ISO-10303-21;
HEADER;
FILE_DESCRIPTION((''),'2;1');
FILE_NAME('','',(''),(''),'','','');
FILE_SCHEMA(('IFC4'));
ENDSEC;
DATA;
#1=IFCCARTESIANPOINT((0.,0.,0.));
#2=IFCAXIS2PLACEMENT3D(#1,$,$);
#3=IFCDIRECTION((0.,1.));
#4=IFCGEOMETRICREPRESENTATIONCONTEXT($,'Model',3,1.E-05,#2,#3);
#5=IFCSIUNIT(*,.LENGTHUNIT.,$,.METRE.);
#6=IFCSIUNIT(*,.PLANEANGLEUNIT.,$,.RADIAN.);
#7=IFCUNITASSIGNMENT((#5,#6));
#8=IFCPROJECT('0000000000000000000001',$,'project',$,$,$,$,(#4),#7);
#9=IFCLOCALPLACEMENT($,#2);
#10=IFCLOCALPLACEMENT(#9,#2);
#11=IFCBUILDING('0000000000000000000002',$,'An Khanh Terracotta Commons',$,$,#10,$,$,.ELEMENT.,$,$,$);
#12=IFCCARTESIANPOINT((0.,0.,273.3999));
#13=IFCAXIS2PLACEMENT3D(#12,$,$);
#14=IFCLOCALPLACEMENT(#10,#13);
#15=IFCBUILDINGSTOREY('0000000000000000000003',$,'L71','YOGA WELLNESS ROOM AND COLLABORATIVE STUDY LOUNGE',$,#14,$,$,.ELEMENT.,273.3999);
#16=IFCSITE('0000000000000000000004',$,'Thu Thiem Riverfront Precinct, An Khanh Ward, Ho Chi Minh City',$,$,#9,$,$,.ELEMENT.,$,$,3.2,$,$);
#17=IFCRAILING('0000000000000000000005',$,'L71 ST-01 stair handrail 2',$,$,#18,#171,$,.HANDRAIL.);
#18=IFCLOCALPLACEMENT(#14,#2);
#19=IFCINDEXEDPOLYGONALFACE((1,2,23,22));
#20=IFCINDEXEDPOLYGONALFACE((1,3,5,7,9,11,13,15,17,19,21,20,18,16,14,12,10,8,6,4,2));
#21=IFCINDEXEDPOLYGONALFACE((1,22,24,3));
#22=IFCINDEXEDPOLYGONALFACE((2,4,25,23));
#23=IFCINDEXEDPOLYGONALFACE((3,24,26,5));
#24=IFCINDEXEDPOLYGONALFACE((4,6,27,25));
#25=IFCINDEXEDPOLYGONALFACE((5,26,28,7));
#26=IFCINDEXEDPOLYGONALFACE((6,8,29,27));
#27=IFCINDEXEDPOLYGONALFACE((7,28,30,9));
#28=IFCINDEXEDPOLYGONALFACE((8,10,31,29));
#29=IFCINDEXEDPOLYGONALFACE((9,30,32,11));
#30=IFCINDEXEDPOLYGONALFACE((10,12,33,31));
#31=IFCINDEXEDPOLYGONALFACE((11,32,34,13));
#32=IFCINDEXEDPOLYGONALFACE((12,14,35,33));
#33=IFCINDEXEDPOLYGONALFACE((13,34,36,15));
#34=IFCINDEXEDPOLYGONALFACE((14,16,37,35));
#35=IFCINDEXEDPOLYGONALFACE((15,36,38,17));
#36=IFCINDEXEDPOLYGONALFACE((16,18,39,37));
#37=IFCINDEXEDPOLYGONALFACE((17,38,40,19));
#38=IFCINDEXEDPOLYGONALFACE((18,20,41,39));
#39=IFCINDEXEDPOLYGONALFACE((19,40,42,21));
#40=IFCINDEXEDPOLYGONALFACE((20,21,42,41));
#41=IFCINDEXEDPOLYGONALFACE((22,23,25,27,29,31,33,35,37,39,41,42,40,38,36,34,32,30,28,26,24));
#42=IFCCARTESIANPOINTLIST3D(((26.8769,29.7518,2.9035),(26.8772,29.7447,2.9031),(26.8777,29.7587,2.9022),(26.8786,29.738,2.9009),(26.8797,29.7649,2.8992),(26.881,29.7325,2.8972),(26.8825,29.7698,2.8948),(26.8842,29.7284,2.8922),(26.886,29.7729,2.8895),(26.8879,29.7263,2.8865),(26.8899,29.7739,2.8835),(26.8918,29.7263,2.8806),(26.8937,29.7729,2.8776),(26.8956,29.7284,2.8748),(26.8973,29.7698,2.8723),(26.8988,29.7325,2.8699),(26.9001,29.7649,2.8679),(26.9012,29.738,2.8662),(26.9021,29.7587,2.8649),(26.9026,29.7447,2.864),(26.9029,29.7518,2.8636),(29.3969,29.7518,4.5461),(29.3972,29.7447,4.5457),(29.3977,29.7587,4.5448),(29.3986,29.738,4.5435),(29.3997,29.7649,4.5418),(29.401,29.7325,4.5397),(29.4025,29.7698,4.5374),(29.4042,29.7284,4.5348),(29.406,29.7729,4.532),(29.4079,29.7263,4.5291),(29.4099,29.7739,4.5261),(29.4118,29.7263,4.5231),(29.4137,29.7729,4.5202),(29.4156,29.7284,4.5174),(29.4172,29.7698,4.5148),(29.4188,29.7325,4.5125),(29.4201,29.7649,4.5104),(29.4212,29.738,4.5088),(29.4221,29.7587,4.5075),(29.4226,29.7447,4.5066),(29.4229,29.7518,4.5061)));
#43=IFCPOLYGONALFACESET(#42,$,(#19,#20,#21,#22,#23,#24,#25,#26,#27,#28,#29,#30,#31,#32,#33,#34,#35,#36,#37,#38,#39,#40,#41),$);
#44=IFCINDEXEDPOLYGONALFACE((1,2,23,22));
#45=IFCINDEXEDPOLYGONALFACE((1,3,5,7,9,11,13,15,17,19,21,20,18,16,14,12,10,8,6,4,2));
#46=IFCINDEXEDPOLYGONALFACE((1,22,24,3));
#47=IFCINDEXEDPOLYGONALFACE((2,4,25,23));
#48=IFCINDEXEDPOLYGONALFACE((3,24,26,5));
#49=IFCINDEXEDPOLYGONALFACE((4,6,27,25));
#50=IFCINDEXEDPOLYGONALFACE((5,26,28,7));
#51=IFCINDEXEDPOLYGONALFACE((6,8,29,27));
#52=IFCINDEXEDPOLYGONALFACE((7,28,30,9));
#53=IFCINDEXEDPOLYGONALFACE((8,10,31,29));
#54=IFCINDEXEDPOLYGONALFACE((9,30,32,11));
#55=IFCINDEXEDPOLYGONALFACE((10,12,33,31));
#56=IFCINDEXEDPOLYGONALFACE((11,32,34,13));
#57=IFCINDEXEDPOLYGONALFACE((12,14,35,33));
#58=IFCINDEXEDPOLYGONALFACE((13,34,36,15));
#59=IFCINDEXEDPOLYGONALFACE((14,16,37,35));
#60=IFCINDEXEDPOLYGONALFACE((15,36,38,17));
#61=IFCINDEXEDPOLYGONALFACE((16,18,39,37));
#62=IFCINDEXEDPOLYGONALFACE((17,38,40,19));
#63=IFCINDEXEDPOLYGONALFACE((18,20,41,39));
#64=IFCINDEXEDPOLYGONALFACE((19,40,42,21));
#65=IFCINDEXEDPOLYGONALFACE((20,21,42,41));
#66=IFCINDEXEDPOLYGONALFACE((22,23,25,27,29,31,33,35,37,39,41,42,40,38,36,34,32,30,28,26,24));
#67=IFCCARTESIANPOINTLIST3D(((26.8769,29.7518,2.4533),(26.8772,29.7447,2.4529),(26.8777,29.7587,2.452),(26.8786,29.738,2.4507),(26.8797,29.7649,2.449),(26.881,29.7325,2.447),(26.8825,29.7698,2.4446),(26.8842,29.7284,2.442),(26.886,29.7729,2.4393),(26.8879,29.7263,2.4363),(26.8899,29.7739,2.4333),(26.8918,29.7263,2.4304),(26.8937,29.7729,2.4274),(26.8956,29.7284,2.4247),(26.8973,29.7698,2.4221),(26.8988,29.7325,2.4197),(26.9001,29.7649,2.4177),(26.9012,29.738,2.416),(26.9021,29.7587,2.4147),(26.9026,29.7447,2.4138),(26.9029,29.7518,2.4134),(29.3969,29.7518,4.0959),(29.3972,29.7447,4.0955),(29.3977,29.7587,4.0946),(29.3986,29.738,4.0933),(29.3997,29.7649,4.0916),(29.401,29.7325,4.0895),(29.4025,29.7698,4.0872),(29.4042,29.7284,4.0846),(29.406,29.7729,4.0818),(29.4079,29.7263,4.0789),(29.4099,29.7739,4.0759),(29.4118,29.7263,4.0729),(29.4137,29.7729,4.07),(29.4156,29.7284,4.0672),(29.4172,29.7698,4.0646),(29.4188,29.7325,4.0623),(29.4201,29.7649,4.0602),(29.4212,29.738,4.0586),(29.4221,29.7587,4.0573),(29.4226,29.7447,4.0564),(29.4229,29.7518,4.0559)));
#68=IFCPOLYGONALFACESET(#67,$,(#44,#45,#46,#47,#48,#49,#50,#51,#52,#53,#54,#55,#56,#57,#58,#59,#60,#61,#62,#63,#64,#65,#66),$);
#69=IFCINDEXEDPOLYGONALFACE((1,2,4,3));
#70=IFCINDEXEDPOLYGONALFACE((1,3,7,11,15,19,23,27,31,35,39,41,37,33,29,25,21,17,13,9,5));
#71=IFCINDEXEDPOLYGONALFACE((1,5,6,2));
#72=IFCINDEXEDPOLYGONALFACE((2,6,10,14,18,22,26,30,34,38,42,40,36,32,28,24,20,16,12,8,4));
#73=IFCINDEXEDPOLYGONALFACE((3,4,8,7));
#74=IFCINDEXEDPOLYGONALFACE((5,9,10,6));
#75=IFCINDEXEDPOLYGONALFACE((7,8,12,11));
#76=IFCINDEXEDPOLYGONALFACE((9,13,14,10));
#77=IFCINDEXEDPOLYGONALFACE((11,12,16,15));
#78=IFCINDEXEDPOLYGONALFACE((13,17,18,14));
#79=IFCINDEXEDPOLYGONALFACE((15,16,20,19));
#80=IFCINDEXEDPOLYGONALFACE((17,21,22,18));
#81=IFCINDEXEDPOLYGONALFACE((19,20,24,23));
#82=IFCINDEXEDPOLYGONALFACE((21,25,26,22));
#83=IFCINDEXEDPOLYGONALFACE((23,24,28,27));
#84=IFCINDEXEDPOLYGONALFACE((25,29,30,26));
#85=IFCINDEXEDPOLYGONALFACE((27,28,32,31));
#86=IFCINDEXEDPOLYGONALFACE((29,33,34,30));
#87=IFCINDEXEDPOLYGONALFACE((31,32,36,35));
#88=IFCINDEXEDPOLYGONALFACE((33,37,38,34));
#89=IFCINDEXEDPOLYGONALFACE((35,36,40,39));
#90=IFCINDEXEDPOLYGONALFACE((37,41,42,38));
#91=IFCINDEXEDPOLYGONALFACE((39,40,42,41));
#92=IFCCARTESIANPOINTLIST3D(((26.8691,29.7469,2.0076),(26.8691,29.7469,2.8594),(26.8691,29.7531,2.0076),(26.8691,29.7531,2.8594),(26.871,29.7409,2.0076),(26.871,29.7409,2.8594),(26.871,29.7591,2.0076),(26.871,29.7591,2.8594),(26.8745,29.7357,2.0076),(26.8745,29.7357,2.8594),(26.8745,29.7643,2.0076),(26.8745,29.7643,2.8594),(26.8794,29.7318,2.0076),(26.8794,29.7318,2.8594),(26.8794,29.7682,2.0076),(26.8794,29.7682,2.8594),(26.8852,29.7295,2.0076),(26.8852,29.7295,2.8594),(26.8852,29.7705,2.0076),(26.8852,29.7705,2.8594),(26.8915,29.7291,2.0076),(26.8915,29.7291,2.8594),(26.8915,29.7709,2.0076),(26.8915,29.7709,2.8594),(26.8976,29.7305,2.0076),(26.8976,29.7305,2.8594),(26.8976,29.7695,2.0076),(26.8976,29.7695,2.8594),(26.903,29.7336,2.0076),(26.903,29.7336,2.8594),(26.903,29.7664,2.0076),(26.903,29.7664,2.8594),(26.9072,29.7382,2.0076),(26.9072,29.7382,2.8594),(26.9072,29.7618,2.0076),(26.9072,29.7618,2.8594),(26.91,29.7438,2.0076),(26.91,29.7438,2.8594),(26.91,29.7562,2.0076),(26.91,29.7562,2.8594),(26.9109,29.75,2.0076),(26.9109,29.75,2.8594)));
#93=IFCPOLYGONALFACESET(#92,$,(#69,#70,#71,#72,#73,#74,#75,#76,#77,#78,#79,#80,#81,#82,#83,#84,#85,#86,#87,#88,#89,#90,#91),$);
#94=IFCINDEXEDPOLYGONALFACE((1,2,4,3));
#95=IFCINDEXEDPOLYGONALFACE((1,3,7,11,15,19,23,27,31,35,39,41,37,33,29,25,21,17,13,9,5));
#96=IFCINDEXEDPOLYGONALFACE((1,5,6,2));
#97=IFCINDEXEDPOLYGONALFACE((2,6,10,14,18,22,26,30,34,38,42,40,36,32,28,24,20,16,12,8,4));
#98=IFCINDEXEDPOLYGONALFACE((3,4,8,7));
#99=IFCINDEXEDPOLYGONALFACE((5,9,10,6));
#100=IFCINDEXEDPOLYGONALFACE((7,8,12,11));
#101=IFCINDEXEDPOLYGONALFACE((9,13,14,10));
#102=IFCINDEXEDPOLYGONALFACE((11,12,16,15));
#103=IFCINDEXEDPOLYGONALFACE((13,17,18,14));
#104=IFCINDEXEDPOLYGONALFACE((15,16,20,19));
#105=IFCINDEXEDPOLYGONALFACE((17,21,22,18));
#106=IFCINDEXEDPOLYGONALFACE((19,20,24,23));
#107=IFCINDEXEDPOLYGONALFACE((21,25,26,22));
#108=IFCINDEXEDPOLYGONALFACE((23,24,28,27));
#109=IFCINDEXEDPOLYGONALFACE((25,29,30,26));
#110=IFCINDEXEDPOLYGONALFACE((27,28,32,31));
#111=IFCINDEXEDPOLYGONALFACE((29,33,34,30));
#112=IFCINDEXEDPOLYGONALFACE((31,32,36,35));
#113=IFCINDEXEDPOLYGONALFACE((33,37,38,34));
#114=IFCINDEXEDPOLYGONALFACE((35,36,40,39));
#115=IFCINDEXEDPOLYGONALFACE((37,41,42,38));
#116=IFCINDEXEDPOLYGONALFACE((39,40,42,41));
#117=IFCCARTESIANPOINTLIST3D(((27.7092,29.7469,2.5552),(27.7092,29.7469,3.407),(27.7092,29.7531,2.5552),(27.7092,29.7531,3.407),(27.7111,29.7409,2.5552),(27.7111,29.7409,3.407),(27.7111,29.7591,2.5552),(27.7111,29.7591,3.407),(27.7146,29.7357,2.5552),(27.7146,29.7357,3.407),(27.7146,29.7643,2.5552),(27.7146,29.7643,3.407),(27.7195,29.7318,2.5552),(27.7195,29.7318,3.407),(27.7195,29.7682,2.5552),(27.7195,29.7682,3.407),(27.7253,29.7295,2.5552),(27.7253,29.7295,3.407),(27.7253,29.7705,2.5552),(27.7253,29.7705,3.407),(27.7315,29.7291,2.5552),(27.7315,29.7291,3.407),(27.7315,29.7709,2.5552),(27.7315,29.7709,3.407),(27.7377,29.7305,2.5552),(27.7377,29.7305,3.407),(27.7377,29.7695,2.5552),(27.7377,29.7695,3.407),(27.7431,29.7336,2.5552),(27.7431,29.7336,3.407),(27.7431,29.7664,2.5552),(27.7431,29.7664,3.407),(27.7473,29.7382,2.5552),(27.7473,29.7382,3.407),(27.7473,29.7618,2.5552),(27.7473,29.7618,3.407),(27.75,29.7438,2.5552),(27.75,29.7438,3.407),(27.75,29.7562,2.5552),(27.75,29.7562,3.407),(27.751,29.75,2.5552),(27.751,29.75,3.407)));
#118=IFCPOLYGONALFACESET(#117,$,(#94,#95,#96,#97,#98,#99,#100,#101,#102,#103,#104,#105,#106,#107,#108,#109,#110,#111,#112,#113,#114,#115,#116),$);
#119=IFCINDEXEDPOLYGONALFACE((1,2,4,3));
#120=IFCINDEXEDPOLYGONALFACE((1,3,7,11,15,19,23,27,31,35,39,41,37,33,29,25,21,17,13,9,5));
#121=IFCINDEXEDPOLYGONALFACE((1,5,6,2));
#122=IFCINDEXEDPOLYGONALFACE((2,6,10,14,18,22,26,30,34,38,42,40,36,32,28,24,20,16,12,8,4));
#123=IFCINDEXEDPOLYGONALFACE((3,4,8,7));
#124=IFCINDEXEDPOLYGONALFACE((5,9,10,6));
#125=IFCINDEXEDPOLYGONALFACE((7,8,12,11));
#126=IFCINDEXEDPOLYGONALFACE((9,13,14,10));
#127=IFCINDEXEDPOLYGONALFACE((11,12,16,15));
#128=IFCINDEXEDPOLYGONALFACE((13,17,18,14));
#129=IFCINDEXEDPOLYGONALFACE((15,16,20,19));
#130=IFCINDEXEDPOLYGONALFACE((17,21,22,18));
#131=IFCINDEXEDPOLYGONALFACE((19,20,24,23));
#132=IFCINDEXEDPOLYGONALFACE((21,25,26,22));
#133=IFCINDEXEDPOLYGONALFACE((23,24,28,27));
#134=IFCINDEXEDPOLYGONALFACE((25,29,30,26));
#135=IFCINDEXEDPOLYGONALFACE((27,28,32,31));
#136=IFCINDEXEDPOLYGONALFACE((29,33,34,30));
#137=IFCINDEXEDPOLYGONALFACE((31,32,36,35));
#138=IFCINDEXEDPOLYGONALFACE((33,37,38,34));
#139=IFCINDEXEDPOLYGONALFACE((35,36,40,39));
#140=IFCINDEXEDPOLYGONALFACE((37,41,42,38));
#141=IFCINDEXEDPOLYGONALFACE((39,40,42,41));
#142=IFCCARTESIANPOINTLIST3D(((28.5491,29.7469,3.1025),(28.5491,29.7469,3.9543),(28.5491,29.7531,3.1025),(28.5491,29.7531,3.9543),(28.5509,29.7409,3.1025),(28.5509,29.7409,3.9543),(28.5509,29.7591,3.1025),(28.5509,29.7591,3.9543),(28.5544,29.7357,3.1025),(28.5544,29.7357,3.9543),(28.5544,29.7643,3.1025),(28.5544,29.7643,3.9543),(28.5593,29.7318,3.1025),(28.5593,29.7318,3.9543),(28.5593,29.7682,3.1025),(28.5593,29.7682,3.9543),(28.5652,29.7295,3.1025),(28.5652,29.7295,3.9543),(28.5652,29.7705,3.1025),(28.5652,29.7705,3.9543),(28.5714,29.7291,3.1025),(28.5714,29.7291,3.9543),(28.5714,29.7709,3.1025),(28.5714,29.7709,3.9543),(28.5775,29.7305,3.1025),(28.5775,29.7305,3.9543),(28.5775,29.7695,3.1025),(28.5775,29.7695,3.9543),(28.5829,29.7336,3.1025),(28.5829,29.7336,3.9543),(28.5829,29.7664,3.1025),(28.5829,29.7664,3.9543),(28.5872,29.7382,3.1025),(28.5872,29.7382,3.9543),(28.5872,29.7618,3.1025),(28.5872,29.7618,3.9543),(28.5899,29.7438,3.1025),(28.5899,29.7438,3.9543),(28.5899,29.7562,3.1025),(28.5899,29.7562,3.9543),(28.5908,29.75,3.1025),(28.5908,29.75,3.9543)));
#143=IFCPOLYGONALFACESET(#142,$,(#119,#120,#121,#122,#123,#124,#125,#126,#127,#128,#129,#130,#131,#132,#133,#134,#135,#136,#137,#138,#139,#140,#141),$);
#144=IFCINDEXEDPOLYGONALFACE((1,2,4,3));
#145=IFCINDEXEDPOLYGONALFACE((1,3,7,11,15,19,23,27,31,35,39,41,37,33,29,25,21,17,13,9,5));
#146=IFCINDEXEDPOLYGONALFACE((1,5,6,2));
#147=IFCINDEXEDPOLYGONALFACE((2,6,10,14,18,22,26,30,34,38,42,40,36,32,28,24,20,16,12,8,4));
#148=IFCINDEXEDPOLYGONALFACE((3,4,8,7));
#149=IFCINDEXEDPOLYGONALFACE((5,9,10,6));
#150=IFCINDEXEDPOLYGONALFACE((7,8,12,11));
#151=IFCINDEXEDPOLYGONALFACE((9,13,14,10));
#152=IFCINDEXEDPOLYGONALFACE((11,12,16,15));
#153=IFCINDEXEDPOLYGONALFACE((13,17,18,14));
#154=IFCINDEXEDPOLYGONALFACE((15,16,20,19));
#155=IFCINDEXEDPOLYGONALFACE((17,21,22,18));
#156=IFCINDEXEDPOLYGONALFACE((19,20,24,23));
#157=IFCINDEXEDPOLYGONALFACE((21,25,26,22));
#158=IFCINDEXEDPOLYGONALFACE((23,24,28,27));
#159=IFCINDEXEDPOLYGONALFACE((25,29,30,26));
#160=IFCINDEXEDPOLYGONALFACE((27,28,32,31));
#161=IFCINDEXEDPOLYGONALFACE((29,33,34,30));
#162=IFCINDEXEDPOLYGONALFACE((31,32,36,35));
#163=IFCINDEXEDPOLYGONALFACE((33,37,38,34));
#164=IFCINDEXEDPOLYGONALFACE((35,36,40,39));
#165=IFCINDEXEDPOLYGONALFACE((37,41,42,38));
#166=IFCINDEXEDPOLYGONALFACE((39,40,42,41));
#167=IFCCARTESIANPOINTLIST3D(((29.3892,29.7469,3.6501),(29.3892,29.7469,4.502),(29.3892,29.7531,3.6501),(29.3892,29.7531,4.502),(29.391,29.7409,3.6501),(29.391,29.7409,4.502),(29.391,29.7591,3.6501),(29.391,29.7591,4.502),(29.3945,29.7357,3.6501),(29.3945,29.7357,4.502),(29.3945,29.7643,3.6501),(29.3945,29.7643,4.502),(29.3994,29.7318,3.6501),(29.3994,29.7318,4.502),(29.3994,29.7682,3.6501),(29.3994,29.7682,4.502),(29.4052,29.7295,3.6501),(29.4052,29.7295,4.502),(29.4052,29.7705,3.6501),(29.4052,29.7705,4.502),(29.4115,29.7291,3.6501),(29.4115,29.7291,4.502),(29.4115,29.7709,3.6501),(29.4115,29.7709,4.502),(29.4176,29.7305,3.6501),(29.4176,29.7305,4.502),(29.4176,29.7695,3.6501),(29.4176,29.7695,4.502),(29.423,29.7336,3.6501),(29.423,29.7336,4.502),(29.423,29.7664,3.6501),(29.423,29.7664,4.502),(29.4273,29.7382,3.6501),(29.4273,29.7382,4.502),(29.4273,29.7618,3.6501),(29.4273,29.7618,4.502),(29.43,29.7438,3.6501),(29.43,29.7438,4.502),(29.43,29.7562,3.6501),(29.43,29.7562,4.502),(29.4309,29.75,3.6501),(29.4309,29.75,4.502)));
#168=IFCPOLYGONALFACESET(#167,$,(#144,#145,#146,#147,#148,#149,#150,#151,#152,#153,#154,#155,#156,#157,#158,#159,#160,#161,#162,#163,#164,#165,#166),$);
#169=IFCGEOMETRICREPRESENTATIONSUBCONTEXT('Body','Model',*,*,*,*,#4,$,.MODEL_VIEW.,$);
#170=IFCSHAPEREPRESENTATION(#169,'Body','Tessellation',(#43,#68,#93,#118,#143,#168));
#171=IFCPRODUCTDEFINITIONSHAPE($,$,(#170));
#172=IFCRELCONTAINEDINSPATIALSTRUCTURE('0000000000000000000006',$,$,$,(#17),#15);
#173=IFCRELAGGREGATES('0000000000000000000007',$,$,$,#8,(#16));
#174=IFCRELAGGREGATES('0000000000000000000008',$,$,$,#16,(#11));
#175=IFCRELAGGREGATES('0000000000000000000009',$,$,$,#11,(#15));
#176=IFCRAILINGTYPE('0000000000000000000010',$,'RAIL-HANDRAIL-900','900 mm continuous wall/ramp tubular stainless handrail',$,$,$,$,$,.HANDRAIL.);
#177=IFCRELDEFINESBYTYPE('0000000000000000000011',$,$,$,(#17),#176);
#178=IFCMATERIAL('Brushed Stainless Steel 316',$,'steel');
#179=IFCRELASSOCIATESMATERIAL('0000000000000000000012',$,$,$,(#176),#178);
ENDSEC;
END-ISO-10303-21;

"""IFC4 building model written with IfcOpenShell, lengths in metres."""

from ifc_helpers import new_model, si_unit, direction, frame, origin, origin_2d, place, context, subcontext, project, spatial, circle, extrude, material, type_object, element, save


model = new_model("IFC4")

# Units and contexts
model_context = context("Model", 3, precision=1e-05, world=origin(), true_north=direction((0.0, 1.0)))
body_context = subcontext(model_context, "Body", "Model", "MODEL_VIEW")
ifc_project = project(units=[si_unit("LENGTHUNIT", "METRE"), si_unit("PLANEANGLEUNIT", "RADIAN")], contexts=[model_context])

# Site, building, storey
site_placement = place(None, origin())
site = spatial("IfcSite", under=ifc_project, at=site_placement, Name="Thu Thiem Riverfront Precinct, An Khanh Ward, Ho Chi Minh City", CompositionType="ELEMENT", RefElevation=3.2)
building_placement = place(site_placement, origin())
building = spatial("IfcBuilding", under=site, at=building_placement, Name="An Khanh Terracotta Commons", CompositionType="ELEMENT")
storey_placement = place(building_placement, frame((0.0, 0.0, 273.3999)))
storey = spatial("IfcBuildingStorey", under=building, at=storey_placement, Name="L71", Description="YOGA WELLNESS ROOM AND COLLABORATIVE STUDY LOUNGE", CompositionType="ELEMENT", Elevation=273.3999)

# Railing
ifc_material_1 = material(Name="Brushed Stainless Steel 316", Category="steel")
railing_type_1 = type_object("IfcRailingType", Name="RAIL-HANDRAIL-900", Description="900 mm continuous wall/ramp tubular stainless handrail", PredefinedType="HANDRAIL", material=ifc_material_1)
railing_1_placement = place(storey_placement, frame((26.8899, 29.75, 2.0076)))
element("IfcRailing", 1, at=railing_1_placement, inside=storey, type_object=railing_type_1, Name="L71 ST-01 stair handrail 2", PredefinedType="HANDRAIL", context=body_context, shape_type="SweptSolid", body=[
    extrude(circle(Radius=0.0239, at=origin_2d()), frame((0.0, 0.0, 0.876), z_axis=(0.837749, 0.0, 0.546055), x_axis=(0.0, 1.0, 0.0)), (0.0, 0.0, 1.0), 3.0081),
    extrude(circle(Radius=0.0239, at=origin_2d()), frame((0.0, 0.0, 0.4258), z_axis=(0.837749, 0.0, 0.546055), x_axis=(0.0, 1.0, 0.0)), (0.0, 0.0, 1.0), 3.0081),
    extrude(circle(Radius=0.021, at=origin_2d()), origin(), (0.0, 0.0, 1.0), 0.8518),
    extrude(circle(Radius=0.021, at=origin_2d()), frame((0.8401, 0.0, 0.5476)), (0.0, 0.0, 1.0), 0.8518),
    extrude(circle(Radius=0.021, at=origin_2d()), frame((1.6799, 0.0, 1.095)), (0.0, 0.0, 1.0), 0.8518),
    extrude(circle(Radius=0.021, at=origin_2d()), frame((2.52, 0.0, 1.6426)), (0.0, 0.0, 1.0), 0.8518),
])

save(model, "model.ifc")
